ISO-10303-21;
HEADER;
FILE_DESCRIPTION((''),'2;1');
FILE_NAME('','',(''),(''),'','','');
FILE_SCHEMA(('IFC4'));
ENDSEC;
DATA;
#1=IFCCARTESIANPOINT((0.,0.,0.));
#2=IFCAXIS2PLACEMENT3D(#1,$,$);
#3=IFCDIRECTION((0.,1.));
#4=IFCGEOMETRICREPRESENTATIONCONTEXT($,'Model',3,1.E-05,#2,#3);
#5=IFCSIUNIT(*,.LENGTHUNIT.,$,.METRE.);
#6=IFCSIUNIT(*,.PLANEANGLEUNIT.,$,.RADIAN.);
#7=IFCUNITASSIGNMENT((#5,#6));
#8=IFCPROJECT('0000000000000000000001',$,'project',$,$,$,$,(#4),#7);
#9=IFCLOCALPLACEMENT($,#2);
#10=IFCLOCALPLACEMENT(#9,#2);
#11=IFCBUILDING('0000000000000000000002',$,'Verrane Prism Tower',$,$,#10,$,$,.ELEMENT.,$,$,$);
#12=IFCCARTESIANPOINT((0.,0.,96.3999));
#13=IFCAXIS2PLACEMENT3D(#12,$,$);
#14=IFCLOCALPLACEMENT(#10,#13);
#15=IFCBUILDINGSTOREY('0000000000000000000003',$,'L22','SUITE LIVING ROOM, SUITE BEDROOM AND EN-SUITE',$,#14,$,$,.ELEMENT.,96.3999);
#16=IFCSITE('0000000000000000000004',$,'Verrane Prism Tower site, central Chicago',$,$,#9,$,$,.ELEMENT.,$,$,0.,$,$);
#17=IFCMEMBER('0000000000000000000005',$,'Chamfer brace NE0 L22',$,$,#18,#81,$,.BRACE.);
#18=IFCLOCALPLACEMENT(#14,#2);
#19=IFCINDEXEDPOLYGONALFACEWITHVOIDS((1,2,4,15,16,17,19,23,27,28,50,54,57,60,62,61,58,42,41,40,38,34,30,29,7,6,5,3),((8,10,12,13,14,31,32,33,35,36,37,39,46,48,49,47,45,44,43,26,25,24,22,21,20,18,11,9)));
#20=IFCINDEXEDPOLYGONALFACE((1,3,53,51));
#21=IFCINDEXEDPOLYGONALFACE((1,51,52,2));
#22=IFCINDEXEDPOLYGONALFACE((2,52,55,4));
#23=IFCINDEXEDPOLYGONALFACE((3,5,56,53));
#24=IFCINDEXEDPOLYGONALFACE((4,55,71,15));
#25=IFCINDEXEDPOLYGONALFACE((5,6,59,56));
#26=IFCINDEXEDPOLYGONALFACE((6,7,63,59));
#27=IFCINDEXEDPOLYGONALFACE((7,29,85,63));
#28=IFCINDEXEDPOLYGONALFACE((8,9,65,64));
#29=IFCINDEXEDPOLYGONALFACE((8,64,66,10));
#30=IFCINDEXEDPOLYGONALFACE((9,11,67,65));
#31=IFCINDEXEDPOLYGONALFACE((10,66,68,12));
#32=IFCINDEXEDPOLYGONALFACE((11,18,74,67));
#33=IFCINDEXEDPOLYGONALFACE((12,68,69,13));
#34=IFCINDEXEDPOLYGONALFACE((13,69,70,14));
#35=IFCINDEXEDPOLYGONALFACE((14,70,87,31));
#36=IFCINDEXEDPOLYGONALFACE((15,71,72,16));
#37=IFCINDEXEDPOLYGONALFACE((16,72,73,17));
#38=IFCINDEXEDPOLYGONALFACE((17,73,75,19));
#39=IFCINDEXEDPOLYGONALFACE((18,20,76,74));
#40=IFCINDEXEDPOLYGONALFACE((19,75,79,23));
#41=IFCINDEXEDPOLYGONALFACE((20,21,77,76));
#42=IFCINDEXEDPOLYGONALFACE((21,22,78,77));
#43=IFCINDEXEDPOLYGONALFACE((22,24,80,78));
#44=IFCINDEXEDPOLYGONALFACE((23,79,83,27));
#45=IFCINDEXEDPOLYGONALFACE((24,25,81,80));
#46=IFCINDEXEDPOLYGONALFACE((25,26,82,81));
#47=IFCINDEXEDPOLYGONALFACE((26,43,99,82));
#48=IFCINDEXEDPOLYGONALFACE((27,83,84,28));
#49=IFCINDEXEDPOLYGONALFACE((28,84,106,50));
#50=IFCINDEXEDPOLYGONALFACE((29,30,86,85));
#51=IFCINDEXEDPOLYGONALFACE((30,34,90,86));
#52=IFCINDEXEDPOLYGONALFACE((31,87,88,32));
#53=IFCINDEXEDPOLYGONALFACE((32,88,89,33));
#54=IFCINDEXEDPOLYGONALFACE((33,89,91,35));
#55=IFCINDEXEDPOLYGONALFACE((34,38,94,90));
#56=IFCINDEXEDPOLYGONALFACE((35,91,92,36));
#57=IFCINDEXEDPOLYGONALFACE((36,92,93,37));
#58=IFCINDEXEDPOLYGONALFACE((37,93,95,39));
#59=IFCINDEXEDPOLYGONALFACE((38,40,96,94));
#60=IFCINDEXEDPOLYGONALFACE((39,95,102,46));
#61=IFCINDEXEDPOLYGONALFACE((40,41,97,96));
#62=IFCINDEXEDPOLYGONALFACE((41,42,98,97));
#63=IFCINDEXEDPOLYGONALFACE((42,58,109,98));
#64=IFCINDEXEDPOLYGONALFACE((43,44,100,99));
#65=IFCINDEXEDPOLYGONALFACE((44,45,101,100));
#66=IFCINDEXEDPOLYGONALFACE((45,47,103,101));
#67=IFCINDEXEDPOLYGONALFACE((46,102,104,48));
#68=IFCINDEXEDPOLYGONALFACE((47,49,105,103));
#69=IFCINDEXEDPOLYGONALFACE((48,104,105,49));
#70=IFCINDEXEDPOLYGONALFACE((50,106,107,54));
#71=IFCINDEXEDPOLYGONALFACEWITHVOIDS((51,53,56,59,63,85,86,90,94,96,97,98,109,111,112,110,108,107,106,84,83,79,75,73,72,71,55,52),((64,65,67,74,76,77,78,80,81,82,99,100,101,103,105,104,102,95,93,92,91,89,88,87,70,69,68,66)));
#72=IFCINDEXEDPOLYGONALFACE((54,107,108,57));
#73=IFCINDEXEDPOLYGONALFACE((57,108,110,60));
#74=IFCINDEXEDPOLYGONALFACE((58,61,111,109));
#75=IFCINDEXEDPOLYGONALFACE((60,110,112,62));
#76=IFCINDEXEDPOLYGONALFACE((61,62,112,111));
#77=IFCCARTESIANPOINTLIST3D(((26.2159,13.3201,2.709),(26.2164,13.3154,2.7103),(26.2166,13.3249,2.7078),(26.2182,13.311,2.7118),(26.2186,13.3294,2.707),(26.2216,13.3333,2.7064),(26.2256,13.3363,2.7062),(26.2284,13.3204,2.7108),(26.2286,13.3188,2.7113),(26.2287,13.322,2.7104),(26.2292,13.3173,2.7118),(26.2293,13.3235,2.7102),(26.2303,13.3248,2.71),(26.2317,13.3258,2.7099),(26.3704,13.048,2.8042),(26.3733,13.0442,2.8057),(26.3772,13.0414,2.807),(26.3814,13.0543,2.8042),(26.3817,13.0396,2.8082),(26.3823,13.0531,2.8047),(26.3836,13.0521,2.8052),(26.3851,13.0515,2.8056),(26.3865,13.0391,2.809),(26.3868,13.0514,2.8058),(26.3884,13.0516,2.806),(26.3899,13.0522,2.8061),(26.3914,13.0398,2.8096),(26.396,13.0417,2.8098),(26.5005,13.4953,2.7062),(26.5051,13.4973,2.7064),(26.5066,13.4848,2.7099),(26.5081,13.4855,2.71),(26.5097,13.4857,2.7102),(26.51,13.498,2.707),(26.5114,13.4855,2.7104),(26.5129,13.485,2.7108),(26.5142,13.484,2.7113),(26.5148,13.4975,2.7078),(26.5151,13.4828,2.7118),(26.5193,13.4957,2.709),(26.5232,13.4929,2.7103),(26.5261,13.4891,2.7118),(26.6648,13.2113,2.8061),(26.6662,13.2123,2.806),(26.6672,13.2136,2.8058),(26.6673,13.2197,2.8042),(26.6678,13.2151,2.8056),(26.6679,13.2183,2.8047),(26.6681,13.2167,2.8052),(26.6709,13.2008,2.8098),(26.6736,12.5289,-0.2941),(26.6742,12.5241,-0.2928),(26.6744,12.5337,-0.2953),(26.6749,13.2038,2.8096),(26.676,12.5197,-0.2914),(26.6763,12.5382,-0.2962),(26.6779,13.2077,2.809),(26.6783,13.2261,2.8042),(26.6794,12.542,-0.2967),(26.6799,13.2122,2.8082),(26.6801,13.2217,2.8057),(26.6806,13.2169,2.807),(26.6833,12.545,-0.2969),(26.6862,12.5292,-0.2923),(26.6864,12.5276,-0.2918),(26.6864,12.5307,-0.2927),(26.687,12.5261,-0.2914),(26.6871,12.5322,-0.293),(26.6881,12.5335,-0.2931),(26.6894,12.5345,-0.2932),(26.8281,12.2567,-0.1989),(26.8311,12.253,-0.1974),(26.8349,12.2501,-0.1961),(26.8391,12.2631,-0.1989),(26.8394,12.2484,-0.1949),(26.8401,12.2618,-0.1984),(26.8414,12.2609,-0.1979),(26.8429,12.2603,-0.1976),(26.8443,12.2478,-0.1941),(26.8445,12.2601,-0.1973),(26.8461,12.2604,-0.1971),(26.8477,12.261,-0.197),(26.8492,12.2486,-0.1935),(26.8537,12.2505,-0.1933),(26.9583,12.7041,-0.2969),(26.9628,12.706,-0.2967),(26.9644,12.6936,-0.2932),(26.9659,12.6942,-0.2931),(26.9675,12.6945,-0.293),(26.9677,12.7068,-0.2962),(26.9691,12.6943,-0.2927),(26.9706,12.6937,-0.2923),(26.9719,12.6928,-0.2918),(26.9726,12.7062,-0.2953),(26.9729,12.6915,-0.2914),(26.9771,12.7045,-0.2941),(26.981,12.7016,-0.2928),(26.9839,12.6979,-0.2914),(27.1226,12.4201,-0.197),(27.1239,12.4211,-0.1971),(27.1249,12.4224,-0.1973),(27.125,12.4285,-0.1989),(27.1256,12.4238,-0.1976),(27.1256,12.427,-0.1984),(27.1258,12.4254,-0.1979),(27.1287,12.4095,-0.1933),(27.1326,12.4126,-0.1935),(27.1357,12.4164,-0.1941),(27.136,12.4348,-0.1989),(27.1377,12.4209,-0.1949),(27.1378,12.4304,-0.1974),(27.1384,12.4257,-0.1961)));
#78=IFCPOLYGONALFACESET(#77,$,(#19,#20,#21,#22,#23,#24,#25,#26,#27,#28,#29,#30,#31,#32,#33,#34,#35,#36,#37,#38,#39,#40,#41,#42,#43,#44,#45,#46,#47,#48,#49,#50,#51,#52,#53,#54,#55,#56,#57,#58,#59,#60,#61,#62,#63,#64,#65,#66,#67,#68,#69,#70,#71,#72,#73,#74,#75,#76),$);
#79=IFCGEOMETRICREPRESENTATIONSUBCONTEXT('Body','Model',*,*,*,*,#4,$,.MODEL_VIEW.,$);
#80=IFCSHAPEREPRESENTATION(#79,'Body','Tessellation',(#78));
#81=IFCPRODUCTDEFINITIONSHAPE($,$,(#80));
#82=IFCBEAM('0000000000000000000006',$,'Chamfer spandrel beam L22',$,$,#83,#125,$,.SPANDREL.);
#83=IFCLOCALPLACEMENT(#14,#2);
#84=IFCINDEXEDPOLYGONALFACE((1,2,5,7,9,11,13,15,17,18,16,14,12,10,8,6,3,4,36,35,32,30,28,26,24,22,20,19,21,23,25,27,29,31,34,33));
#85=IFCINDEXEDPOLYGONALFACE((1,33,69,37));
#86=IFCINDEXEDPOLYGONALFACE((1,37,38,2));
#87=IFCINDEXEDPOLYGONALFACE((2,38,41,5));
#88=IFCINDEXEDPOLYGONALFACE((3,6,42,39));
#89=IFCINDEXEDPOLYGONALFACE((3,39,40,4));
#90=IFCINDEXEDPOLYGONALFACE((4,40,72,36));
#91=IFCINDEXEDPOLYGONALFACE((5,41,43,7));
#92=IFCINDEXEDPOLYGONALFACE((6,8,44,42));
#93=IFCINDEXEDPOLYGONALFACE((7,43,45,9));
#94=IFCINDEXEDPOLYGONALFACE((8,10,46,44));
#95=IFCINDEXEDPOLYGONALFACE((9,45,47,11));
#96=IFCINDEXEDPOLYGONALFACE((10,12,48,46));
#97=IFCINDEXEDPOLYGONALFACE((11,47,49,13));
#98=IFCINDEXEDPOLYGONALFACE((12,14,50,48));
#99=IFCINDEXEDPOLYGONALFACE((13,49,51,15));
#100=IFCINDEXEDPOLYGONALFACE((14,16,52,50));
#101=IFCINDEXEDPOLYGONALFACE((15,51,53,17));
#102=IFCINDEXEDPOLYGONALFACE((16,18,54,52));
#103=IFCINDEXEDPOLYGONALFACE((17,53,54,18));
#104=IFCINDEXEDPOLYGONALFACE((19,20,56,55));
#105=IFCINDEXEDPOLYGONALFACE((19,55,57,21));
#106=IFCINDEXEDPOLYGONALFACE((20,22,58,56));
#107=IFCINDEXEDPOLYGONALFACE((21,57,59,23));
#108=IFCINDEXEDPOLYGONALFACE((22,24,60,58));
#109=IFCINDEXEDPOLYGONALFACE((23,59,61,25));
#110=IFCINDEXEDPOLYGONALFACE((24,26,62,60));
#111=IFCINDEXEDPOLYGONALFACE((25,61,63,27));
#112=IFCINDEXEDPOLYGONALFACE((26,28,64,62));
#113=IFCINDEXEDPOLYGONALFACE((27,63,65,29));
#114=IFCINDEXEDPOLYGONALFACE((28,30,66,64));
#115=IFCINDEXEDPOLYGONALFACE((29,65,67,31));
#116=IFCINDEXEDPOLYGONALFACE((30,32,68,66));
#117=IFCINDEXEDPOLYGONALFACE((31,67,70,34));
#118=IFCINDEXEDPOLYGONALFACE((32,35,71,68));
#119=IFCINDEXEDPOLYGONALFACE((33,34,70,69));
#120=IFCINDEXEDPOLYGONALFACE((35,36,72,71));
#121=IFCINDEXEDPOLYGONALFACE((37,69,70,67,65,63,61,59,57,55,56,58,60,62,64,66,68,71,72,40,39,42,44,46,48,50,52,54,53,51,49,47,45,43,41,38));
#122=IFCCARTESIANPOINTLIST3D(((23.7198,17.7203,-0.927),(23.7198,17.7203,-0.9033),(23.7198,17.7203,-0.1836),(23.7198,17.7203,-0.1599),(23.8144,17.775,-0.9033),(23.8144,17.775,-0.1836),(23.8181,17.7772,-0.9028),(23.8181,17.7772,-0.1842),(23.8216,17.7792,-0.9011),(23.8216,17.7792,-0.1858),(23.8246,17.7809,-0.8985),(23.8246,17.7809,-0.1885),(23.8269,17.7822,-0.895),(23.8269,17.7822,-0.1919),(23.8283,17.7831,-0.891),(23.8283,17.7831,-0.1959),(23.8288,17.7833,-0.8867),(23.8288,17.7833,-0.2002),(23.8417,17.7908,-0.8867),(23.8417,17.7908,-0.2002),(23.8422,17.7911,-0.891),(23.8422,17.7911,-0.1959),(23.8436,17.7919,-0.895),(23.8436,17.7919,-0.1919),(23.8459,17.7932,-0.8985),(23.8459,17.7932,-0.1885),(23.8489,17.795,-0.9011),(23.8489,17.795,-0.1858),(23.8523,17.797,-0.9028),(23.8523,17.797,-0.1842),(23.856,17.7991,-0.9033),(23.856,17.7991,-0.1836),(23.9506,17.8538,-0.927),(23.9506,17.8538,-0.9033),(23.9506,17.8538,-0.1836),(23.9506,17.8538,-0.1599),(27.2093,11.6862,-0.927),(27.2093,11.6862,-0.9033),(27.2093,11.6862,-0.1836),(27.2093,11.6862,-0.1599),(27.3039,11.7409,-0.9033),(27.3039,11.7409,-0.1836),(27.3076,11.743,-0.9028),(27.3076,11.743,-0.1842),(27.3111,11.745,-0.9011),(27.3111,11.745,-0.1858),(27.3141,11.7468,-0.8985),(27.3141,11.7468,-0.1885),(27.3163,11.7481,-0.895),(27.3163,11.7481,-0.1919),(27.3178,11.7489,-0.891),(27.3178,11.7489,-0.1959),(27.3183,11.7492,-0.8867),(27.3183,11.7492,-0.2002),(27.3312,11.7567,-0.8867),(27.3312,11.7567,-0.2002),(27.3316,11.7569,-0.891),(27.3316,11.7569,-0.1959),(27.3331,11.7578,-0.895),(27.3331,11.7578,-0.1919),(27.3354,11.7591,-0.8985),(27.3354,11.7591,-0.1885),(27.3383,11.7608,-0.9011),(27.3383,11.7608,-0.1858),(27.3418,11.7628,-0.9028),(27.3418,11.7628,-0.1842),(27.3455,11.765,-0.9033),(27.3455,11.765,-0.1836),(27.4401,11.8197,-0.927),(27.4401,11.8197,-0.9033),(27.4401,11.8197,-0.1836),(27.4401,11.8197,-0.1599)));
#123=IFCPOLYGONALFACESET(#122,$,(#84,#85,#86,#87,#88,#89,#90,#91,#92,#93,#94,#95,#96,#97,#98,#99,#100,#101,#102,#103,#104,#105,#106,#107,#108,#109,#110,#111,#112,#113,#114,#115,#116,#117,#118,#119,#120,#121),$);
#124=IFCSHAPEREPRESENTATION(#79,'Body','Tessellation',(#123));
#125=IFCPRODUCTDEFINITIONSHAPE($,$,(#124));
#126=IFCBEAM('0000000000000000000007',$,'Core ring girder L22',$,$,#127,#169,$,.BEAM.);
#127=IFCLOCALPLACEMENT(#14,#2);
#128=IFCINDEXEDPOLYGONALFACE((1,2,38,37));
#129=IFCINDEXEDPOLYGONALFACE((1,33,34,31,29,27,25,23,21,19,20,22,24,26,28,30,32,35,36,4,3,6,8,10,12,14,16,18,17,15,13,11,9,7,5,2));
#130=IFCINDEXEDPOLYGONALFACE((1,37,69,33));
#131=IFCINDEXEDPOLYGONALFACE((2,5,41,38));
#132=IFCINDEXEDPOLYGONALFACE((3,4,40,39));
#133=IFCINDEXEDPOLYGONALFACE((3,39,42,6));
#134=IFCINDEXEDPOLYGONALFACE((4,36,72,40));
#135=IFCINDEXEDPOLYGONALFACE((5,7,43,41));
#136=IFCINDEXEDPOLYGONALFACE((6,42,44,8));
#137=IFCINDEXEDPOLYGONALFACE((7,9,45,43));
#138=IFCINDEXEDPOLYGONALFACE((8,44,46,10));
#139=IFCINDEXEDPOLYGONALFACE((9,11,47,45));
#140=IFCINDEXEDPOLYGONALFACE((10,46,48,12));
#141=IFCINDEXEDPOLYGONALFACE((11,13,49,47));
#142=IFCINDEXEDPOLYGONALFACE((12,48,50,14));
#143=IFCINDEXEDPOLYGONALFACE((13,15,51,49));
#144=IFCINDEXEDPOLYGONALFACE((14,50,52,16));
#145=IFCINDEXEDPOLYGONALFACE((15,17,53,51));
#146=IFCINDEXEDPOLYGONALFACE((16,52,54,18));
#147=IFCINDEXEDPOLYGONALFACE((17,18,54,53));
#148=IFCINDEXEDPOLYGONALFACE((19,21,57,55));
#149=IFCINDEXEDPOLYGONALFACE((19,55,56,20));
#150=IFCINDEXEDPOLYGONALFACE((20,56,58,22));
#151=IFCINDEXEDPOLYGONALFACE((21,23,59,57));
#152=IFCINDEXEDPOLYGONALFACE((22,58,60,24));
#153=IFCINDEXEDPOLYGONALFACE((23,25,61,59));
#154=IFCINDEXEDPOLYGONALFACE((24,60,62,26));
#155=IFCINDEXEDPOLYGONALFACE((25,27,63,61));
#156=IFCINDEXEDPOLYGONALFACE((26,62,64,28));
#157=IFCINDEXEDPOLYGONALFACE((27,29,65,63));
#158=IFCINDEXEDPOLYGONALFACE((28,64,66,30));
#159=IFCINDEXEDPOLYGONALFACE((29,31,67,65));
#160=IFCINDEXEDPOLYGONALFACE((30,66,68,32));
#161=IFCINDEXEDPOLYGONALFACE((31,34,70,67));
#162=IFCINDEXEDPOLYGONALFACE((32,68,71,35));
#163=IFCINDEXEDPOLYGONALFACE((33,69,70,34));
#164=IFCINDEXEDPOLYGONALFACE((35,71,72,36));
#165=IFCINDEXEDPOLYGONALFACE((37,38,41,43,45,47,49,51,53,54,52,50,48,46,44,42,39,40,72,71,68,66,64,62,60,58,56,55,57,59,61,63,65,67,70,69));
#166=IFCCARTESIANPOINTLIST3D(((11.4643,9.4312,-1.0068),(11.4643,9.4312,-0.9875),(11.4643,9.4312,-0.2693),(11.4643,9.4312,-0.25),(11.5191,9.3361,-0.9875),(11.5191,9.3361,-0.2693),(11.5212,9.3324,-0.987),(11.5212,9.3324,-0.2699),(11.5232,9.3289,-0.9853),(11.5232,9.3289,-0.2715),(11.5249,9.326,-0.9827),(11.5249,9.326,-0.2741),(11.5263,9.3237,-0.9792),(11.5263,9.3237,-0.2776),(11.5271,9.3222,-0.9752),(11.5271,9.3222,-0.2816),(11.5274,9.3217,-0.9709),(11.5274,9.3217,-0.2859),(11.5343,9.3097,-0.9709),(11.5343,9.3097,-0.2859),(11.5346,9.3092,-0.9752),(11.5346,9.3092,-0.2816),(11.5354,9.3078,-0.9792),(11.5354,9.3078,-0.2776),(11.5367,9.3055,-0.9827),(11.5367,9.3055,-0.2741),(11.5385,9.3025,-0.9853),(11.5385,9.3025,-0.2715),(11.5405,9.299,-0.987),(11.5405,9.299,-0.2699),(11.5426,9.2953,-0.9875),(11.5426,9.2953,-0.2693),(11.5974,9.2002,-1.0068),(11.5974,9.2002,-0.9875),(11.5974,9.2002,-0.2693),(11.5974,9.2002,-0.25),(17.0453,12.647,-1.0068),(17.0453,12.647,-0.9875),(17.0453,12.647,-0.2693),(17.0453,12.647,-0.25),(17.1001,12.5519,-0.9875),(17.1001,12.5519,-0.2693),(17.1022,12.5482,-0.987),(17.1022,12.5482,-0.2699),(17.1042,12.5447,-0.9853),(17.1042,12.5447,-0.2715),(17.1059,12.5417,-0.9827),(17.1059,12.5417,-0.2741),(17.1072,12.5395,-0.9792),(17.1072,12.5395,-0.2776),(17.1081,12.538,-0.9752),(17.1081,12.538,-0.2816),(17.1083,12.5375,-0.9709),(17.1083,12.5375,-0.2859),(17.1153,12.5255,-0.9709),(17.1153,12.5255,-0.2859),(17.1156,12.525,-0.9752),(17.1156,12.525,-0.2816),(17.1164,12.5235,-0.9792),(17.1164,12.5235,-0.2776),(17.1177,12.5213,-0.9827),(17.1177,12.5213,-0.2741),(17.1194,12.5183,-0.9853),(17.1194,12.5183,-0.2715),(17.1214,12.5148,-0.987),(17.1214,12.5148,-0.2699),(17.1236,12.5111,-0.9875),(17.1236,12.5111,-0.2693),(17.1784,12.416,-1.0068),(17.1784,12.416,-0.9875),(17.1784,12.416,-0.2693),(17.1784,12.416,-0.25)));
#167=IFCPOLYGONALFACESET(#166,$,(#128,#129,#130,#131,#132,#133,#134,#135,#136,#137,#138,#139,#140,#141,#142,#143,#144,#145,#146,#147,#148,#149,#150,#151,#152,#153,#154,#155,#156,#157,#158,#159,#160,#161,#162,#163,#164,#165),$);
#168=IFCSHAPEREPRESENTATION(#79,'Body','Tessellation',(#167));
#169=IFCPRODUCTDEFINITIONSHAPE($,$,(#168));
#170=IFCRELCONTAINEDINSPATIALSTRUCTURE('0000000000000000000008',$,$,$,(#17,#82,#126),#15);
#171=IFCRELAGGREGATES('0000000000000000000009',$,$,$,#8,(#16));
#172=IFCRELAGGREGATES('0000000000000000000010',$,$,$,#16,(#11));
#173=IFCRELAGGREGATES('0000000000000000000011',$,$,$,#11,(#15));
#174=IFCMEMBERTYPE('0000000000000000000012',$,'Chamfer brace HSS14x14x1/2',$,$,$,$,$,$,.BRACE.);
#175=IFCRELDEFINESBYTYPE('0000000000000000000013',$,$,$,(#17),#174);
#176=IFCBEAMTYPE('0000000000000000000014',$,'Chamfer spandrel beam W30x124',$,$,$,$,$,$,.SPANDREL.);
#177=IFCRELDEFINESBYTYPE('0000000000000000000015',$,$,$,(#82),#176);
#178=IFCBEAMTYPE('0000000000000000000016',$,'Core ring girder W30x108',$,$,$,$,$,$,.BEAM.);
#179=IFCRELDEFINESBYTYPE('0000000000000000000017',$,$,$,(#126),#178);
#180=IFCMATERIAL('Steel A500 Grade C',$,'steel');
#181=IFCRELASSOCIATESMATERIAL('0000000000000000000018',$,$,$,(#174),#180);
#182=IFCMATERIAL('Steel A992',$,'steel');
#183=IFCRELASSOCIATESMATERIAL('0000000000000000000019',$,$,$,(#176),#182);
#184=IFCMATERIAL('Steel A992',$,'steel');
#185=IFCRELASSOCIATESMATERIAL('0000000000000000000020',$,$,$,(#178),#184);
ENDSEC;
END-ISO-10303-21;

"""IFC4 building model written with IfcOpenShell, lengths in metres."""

from ifc_helpers import new_model, si_unit, direction, frame, origin, origin_2d, place, context, subcontext, project, spatial, hollow_rectangle, i_section, extrude, material, material_profile, profile_set, type_object, element, save


model = new_model("IFC4")

# Units and contexts
model_context = context("Model", 3, precision=1e-05, world=origin(), true_north=direction((0.0, 1.0)))
body_context = subcontext(model_context, "Body", "Model", "MODEL_VIEW")
ifc_project = project(units=[si_unit("LENGTHUNIT", "METRE"), si_unit("PLANEANGLEUNIT", "RADIAN")], contexts=[model_context])

# Site, building, storey
site_placement = place(None, origin())
site = spatial("IfcSite", under=ifc_project, at=site_placement, Name="Verrane Prism Tower site, central Chicago", CompositionType="ELEMENT", RefElevation=0.0)
building_placement = place(site_placement, origin())
building = spatial("IfcBuilding", under=site, at=building_placement, Name="Verrane Prism Tower", CompositionType="ELEMENT")
storey_placement = place(building_placement, frame((0.0, 0.0, 96.3999)))
storey = spatial("IfcBuildingStorey", under=building, at=storey_placement, Name="L22", Description="SUITE LIVING ROOM, SUITE BEDROOM AND EN-SUITE", CompositionType="ELEMENT", Elevation=96.3999)

# Member
ifc_material_1 = material(Name="Steel A500 Grade C", Category="steel")
ifc_material_profile_1 = material_profile(ifc_material_1, hollow_rectangle(XDim=0.3557, YDim=0.3557, WallThickness=0.0127, InnerFilletRadius=0.0063, OuterFilletRadius=0.019, at=origin_2d()), Name="HSS14x14x1/2")
ifc_profile_set_1 = profile_set([ifc_material_profile_1], Name="Steel A500 Grade C")
member_type_1 = type_object("IfcMemberType", Name="Chamfer brace HSS14x14x1/2", PredefinedType="BRACE", material=ifc_profile_set_1)
member_1_placement = place(storey_placement, frame((26.906, 12.4773, -0.2451), z_axis=(-0.145821, 0.252056, 0.956663), x_axis=(-0.865585, -0.500763, 0.0)))
element("IfcMember", 1, at=member_1_placement, inside=storey, type_object=member_type_1, Name="Chamfer brace NE0 L22", PredefinedType="BRACE", context=body_context, shape_type="SweptSolid", body=[
    extrude(hollow_rectangle(XDim=0.3557, YDim=0.3557, WallThickness=0.0127, InnerFilletRadius=0.0063, OuterFilletRadius=0.019, at=origin_2d()), origin(), (0.0, 0.0, 1.0), 3.1392),
])

# Beams
ifc_material_2 = material(Name="Steel A992", Category="steel")
ifc_material_profile_2 = material_profile(ifc_material_2, i_section(OverallWidth=0.2666, OverallDepth=0.7671, WebThickness=0.0149, FlangeThickness=0.0237, FilletRadius=0.0166, at=origin_2d()), Name="W30x124")
ifc_profile_set_2 = profile_set([ifc_material_profile_2], Name="Steel A992")
beam_type_1 = type_object("IfcBeamType", Name="Chamfer spandrel beam W30x124", PredefinedType="SPANDREL", material=ifc_profile_set_2)
beam_1_placement = place(storey_placement, frame((27.3247, 11.7529, -0.5435), z_axis=(-0.50061, 0.865673, 0.0), x_axis=(-0.865673, -0.50061, 0.0)))
element("IfcBeam", 2, at=beam_1_placement, inside=storey, type_object=beam_type_1, Name="Chamfer spandrel beam L22", PredefinedType="SPANDREL", context=body_context, shape_type="SweptSolid", body=[
    extrude(i_section(OverallWidth=0.2666, OverallDepth=0.7671, WebThickness=0.0149, FlangeThickness=0.0237, FilletRadius=0.0166, at=origin_2d()), origin(), (0.0, 0.0, 1.0), 6.9705),
])
ifc_material_3 = material(Name="Steel A992", Category="steel")
ifc_material_profile_3 = material_profile(ifc_material_3, i_section(OverallWidth=0.2666, OverallDepth=0.7568, WebThickness=0.0139, FlangeThickness=0.0193, FilletRadius=0.0166, at=origin_2d()), Name="W30x108")
ifc_profile_set_3 = profile_set([ifc_material_profile_3], Name="Steel A992")
beam_type_2 = type_object("IfcBeamType", Name="Core ring girder W30x108", PredefinedType="BEAM", material=ifc_profile_set_3)
beam_2_placement = place(storey_placement, frame((17.1118, 12.5315, -0.6284), z_axis=(-0.866456, -0.499254, 0.0), x_axis=(0.499254, -0.866456, 0.0)))
element("IfcBeam", 3, at=beam_2_placement, inside=storey, type_object=beam_type_2, Name="Core ring girder L22", PredefinedType="BEAM", context=body_context, shape_type="SweptSolid", body=[
    extrude(i_section(OverallWidth=0.2666, OverallDepth=0.7568, WebThickness=0.0139, FlangeThickness=0.0193, FilletRadius=0.0166, at=origin_2d()), origin(), (0.0, 0.0, 1.0), 6.4412),
])

save(model, "model.ifc")
